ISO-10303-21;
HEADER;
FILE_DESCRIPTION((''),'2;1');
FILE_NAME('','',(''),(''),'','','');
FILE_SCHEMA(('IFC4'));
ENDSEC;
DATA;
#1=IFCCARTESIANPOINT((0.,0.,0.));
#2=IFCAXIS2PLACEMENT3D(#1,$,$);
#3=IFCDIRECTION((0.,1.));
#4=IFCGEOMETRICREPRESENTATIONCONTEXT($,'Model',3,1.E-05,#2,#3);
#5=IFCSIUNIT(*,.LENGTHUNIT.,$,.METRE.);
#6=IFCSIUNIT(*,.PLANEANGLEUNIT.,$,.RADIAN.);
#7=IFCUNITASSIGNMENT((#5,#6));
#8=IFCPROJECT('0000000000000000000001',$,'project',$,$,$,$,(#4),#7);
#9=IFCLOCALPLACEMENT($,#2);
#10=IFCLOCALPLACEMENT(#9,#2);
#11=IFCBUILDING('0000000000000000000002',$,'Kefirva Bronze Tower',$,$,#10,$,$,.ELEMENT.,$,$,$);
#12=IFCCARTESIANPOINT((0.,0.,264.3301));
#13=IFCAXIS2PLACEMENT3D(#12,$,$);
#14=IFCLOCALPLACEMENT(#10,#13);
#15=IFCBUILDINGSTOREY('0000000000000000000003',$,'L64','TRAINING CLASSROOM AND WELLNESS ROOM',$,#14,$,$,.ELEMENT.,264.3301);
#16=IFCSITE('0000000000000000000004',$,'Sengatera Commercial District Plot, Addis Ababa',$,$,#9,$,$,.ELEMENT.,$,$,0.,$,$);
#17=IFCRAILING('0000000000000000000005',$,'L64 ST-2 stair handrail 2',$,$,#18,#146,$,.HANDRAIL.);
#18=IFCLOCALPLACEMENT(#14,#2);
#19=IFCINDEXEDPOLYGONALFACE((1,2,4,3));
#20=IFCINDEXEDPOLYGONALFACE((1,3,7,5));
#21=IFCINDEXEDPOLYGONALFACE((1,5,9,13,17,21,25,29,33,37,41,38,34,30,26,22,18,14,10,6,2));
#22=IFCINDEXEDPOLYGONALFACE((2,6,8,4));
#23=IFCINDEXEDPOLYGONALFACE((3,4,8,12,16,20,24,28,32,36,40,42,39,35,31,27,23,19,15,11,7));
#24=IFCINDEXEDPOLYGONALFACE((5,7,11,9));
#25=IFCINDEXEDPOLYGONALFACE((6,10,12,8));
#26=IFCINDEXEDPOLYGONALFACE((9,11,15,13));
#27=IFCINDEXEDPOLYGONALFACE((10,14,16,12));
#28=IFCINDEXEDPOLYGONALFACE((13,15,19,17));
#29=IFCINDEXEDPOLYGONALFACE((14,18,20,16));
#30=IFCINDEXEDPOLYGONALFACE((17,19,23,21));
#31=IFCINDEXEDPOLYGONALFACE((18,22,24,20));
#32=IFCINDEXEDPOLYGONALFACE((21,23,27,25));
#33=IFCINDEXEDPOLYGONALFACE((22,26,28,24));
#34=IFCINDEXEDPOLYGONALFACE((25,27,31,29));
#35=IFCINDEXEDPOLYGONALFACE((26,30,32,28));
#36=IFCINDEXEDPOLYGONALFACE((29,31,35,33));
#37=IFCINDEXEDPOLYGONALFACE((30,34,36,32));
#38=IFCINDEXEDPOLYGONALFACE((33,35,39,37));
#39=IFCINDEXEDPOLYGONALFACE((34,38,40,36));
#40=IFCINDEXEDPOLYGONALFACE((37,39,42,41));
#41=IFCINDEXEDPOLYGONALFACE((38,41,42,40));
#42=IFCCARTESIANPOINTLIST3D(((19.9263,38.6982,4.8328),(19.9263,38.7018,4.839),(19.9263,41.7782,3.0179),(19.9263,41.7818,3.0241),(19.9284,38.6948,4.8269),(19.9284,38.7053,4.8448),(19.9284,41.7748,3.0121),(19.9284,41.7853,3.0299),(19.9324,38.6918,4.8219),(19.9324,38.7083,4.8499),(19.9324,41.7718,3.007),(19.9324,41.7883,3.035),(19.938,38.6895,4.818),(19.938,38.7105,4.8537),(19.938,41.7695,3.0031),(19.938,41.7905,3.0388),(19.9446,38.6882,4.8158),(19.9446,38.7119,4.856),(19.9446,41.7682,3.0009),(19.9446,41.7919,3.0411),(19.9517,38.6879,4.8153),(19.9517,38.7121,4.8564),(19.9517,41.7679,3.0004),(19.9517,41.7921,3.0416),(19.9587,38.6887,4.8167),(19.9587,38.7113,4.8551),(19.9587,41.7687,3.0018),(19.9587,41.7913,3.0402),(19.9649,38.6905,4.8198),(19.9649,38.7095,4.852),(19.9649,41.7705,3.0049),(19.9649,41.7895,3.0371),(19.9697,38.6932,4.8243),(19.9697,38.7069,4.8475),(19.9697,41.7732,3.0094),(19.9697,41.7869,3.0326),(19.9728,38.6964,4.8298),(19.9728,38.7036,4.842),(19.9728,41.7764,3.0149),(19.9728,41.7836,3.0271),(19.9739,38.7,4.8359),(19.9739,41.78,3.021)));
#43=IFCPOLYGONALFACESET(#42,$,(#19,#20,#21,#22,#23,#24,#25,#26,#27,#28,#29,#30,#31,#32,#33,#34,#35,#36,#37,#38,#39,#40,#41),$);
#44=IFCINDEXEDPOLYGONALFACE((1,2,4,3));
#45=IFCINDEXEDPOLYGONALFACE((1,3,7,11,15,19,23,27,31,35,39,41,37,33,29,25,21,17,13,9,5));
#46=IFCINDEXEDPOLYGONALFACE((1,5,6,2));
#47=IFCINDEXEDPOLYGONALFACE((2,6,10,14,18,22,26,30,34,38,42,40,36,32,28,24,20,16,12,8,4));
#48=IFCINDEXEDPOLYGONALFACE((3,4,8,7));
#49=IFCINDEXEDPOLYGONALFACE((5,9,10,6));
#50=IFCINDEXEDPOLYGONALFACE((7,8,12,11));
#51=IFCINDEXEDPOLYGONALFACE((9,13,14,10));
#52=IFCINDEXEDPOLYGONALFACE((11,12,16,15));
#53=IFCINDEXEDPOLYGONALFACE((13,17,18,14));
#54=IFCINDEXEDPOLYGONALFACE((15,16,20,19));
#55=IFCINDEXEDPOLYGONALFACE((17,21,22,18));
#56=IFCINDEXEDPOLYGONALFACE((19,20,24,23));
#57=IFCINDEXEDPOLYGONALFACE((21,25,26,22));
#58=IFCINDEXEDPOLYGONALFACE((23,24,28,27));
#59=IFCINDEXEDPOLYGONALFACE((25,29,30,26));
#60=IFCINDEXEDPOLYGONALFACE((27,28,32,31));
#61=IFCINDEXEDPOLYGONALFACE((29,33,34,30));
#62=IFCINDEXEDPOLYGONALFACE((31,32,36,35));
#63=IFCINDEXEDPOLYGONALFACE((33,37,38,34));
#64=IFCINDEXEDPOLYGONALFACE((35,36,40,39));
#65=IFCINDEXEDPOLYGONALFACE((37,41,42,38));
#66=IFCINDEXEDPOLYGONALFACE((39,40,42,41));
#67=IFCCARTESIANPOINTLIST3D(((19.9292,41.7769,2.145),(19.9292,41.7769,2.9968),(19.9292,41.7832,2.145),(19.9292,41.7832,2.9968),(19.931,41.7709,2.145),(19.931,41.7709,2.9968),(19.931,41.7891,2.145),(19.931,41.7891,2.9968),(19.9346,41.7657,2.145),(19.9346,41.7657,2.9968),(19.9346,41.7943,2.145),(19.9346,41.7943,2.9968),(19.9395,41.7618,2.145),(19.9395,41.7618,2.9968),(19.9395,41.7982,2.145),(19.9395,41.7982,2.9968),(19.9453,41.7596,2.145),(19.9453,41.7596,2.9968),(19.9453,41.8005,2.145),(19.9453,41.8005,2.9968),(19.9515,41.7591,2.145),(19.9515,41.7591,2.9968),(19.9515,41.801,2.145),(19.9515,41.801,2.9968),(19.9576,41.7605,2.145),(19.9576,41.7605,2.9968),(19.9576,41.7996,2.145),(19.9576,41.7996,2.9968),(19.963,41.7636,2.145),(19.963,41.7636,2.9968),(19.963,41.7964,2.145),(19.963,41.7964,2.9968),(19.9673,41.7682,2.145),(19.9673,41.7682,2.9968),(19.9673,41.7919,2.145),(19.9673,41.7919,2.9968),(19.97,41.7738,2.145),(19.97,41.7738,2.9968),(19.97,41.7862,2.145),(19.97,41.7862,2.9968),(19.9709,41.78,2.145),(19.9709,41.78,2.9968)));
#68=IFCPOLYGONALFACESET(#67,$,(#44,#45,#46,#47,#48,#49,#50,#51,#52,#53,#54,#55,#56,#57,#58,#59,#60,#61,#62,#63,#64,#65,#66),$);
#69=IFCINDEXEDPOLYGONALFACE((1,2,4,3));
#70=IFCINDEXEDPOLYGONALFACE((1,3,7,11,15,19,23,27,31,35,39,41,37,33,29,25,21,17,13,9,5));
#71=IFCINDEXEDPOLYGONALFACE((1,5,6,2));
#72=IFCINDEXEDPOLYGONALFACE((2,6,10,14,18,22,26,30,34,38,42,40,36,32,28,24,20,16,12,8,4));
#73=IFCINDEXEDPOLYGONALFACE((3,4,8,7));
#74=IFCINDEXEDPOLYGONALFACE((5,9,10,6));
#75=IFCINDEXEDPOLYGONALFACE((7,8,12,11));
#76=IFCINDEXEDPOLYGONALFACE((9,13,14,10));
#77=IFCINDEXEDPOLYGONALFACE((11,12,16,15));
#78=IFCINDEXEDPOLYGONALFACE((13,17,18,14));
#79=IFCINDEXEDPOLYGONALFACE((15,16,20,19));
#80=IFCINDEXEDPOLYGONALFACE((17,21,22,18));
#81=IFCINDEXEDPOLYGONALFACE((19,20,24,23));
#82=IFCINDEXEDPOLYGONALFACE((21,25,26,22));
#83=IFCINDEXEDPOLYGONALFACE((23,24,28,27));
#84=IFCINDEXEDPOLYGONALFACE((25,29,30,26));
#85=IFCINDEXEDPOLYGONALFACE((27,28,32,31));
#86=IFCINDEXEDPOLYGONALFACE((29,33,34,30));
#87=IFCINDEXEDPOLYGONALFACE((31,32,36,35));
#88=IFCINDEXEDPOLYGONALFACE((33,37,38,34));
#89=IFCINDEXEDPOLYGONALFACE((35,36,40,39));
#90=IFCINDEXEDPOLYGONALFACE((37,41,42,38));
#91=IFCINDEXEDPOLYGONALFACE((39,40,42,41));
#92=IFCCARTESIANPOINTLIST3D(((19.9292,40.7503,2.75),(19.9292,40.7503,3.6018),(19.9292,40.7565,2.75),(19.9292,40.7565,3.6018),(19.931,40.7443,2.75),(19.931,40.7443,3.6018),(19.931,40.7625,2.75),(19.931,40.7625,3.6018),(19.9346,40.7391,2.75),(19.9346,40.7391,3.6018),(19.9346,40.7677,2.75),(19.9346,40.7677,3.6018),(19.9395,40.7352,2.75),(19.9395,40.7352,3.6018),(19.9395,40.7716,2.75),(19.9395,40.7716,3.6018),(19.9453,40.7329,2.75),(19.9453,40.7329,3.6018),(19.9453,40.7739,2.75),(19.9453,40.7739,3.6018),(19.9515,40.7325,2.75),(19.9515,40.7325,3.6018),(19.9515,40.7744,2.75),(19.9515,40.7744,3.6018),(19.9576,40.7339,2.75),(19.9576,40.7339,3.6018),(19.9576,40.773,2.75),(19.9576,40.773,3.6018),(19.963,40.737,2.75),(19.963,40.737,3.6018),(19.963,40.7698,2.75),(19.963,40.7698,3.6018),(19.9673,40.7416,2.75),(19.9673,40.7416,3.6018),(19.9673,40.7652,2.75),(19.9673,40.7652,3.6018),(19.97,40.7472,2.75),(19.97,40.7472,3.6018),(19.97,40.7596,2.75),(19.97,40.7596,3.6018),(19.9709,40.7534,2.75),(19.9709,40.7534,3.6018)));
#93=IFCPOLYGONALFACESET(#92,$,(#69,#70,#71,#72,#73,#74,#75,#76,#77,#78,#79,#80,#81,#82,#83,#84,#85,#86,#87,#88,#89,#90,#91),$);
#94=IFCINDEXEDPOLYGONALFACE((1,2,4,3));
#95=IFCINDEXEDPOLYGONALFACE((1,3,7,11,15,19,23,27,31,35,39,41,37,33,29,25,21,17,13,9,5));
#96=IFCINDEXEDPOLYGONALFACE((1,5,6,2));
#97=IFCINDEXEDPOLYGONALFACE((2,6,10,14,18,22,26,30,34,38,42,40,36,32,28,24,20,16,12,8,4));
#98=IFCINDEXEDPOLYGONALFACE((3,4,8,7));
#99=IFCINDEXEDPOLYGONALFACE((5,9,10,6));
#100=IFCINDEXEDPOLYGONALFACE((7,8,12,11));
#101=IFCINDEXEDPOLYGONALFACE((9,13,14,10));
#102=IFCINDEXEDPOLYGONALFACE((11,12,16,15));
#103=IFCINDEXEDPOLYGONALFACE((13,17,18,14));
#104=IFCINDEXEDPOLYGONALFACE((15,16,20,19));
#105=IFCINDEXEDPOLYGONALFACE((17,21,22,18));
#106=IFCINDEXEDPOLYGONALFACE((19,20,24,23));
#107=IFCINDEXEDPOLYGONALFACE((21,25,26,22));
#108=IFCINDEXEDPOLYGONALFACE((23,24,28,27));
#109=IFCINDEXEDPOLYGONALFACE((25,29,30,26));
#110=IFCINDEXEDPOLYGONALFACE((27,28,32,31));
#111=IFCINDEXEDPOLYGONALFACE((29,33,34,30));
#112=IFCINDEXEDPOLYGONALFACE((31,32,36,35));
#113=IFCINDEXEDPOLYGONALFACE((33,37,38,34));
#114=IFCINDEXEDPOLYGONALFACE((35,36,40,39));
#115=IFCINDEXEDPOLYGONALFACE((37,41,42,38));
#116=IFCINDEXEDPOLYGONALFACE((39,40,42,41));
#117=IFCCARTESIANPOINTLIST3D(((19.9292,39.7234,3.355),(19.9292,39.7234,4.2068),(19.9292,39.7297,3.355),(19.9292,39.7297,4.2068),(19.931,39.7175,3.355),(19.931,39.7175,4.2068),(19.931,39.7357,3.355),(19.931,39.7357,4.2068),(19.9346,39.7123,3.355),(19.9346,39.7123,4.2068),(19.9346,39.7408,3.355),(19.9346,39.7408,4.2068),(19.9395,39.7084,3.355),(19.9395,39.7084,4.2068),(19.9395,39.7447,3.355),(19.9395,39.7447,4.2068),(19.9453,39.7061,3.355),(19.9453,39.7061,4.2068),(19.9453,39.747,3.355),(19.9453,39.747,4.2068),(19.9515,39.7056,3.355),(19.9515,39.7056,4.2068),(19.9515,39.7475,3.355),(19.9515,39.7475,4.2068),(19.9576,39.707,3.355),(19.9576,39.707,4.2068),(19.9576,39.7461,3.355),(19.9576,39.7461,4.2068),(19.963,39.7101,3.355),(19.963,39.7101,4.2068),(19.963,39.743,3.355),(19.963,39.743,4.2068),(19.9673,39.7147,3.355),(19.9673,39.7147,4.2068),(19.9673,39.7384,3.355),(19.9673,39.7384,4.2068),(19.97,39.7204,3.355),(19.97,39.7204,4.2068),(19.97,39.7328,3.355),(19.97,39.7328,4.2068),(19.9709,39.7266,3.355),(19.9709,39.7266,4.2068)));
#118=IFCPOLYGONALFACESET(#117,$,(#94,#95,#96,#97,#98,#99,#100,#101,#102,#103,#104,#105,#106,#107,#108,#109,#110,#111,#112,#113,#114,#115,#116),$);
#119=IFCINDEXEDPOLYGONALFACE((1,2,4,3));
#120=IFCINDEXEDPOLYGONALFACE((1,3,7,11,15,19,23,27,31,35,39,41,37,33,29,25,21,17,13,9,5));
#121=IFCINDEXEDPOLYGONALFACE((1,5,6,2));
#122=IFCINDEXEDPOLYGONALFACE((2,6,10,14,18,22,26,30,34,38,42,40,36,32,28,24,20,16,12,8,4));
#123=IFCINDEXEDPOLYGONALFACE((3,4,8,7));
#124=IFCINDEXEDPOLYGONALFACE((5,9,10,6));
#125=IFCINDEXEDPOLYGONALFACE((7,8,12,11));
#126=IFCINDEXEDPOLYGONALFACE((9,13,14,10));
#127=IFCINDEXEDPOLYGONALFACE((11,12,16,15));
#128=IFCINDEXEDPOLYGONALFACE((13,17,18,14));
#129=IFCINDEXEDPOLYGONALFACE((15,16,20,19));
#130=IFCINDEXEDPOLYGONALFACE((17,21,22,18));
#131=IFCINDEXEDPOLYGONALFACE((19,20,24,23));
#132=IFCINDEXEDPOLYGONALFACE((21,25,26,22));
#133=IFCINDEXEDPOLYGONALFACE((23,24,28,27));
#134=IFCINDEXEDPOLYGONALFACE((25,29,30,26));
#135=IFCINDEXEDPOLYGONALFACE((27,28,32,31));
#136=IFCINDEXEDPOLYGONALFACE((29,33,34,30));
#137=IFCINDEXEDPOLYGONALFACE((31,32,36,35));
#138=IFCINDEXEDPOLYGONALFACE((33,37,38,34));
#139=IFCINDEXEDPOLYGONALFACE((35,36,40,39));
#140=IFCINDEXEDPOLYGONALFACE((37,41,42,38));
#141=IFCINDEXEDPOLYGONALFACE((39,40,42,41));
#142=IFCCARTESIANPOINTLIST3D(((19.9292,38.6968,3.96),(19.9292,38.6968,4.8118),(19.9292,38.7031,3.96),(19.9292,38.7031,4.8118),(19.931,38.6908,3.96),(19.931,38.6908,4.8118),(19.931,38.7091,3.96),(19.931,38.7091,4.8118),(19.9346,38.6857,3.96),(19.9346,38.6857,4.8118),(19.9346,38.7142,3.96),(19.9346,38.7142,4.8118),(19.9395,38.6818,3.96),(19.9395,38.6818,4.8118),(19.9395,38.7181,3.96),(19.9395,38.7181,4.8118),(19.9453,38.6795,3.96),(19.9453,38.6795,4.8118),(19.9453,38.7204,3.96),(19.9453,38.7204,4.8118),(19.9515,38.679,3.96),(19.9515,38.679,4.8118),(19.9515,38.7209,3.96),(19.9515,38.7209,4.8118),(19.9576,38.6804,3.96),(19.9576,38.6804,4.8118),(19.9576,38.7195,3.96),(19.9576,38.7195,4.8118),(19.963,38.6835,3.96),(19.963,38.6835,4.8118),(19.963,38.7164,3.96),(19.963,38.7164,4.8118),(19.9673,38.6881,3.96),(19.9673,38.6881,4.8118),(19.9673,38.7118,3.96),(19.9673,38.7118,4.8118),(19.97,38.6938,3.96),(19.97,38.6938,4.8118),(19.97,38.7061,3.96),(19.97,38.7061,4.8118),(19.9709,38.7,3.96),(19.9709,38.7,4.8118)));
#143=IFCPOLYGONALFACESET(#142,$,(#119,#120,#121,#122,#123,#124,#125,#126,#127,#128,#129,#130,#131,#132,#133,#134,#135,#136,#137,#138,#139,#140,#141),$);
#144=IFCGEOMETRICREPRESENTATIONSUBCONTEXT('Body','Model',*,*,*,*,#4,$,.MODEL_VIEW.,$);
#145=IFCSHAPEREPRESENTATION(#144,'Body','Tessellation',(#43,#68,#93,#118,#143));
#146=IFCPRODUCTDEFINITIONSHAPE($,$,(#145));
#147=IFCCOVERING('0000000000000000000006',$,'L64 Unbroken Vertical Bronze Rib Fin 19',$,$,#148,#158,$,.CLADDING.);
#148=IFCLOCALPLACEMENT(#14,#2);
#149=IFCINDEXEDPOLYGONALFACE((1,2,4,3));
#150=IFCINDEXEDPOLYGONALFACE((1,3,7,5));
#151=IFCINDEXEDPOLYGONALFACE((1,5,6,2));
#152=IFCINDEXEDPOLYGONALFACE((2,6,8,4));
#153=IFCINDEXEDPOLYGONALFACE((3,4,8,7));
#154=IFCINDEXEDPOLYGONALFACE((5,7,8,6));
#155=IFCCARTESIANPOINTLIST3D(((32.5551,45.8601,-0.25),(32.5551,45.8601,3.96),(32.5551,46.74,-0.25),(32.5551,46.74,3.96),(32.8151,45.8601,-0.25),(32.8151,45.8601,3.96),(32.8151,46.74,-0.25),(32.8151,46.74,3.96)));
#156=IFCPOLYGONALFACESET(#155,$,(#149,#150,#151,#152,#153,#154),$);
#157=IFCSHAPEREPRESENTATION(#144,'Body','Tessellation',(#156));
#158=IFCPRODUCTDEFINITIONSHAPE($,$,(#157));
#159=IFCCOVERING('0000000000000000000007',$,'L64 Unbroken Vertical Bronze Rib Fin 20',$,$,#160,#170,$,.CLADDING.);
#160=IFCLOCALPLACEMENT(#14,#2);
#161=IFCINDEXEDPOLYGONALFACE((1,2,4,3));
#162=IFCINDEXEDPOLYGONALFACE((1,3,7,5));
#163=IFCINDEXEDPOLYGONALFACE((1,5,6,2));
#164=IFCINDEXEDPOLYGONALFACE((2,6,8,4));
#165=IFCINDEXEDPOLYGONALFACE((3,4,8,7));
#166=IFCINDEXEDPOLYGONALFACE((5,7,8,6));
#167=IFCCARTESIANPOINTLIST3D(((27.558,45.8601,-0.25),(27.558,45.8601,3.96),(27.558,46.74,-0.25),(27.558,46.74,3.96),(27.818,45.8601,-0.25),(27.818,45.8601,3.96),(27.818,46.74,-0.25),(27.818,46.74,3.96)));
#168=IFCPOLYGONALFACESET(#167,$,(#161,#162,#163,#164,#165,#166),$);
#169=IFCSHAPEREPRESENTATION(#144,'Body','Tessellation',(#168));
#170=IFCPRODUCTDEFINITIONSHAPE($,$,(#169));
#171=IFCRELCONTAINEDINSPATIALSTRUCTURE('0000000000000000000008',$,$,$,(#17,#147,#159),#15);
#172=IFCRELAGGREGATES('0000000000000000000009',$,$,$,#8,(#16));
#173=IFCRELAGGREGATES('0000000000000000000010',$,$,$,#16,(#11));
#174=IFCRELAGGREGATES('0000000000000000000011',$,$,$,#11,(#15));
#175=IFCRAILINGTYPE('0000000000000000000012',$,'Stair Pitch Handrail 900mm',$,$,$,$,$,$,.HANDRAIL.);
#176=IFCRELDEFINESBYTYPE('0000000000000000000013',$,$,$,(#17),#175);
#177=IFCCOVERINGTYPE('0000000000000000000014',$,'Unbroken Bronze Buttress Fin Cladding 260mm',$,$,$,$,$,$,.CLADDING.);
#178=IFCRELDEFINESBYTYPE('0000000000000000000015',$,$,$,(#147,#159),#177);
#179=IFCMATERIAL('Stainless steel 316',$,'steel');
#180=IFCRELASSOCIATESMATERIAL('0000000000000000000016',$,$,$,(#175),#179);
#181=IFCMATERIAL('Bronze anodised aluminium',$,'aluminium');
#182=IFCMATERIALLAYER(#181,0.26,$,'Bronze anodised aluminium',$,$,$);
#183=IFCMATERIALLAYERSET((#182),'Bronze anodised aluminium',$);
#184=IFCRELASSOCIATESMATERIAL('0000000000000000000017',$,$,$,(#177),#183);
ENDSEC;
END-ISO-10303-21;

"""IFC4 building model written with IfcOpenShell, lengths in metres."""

from ifc_helpers import new_model, si_unit, direction, frame, origin, origin_2d, place, context, subcontext, project, spatial, rectangle, circle, extrude, material, layer, layer_set, type_object, element, save


model = new_model("IFC4")

# Units and contexts
model_context = context("Model", 3, precision=1e-05, world=origin(), true_north=direction((0.0, 1.0)))
body_context = subcontext(model_context, "Body", "Model", "MODEL_VIEW")
ifc_project = project(units=[si_unit("LENGTHUNIT", "METRE"), si_unit("PLANEANGLEUNIT", "RADIAN")], contexts=[model_context])

# Site, building, storey
site_placement = place(None, origin())
site = spatial("IfcSite", under=ifc_project, at=site_placement, Name="Sengatera Commercial District Plot, Addis Ababa", CompositionType="ELEMENT", RefElevation=0.0)
building_placement = place(site_placement, origin())
building = spatial("IfcBuilding", under=site, at=building_placement, Name="Kefirva Bronze Tower", CompositionType="ELEMENT")
storey_placement = place(building_placement, frame((0.0, 0.0, 264.3301)))
storey = spatial("IfcBuildingStorey", under=building, at=storey_placement, Name="L64", Description="TRAINING CLASSROOM AND WELLNESS ROOM", CompositionType="ELEMENT", Elevation=264.3301)

# Shared definitions
ifc_material_1 = material(Name="Bronze anodised aluminium", Category="aluminium")

# Railing
ifc_material_2 = material(Name="Stainless steel 316", Category="steel")
railing_type_1 = type_object("IfcRailingType", Name="Stair Pitch Handrail 900mm", PredefinedType="HANDRAIL", material=ifc_material_2)
railing_1_placement = place(storey_placement, frame((19.95, 41.78, 2.145)))
element("IfcRailing", 1, at=railing_1_placement, inside=storey, type_object=railing_type_1, Name="L64 ST-2 stair handrail 2", PredefinedType="HANDRAIL", context=body_context, shape_type="SweptSolid", body=[
    extrude(circle(Radius=0.0239, at=origin_2d()), frame((0.0, 0.0, 0.876), z_axis=(0.0, -0.861551, 0.507671), x_axis=(1.0, 0.0, 0.0)), (0.0, 0.0, 1.0), 3.575),
    extrude(circle(Radius=0.021, at=origin_2d()), origin(), (0.0, 0.0, 1.0), 0.8518),
    extrude(circle(Radius=0.021, at=origin_2d()), frame((0.0, -1.0266, 0.605)), (0.0, 0.0, 1.0), 0.8518),
    extrude(circle(Radius=0.021, at=origin_2d()), frame((0.0, -2.0535, 1.21)), (0.0, 0.0, 1.0), 0.8518),
    extrude(circle(Radius=0.021, at=origin_2d()), frame((0.0, -3.0801, 1.8149)), (0.0, 0.0, 1.0), 0.8518),
])

# Coverings
ifc_layer_1 = layer(ifc_material_1, 0.26, Name="Bronze anodised aluminium")
ifc_layer_set_1 = layer_set([ifc_layer_1], Name="Bronze anodised aluminium")
covering_type = type_object("IfcCoveringType", Name="Unbroken Bronze Buttress Fin Cladding 260mm", PredefinedType="CLADDING", material=ifc_layer_set_1)
for number, where, z_axis, x_axis, name in (
    (2, (32.6851, 46.3, -0.25), (0.0, 0.0, 1.0), (-1.0, 0.0, 0.0), "L64 Unbroken Vertical Bronze Rib Fin 19"),
    (3, (27.688, 46.3, -0.25), (0.0, 0.0, 1.0), (-1.0, 0.0, 0.0), "L64 Unbroken Vertical Bronze Rib Fin 20"),
):
    element("IfcCovering", number, at=place(storey_placement, frame(where, z_axis=z_axis, x_axis=x_axis)), inside=storey, type_object=covering_type, Name=name, PredefinedType="CLADDING", context=body_context, shape_type="SweptSolid", body=[
        extrude(rectangle(XDim=0.26, YDim=0.8799, at=origin_2d()), origin(), (0.0, 0.0, 1.0), 4.21),
    ])

save(model, "model.ifc")
